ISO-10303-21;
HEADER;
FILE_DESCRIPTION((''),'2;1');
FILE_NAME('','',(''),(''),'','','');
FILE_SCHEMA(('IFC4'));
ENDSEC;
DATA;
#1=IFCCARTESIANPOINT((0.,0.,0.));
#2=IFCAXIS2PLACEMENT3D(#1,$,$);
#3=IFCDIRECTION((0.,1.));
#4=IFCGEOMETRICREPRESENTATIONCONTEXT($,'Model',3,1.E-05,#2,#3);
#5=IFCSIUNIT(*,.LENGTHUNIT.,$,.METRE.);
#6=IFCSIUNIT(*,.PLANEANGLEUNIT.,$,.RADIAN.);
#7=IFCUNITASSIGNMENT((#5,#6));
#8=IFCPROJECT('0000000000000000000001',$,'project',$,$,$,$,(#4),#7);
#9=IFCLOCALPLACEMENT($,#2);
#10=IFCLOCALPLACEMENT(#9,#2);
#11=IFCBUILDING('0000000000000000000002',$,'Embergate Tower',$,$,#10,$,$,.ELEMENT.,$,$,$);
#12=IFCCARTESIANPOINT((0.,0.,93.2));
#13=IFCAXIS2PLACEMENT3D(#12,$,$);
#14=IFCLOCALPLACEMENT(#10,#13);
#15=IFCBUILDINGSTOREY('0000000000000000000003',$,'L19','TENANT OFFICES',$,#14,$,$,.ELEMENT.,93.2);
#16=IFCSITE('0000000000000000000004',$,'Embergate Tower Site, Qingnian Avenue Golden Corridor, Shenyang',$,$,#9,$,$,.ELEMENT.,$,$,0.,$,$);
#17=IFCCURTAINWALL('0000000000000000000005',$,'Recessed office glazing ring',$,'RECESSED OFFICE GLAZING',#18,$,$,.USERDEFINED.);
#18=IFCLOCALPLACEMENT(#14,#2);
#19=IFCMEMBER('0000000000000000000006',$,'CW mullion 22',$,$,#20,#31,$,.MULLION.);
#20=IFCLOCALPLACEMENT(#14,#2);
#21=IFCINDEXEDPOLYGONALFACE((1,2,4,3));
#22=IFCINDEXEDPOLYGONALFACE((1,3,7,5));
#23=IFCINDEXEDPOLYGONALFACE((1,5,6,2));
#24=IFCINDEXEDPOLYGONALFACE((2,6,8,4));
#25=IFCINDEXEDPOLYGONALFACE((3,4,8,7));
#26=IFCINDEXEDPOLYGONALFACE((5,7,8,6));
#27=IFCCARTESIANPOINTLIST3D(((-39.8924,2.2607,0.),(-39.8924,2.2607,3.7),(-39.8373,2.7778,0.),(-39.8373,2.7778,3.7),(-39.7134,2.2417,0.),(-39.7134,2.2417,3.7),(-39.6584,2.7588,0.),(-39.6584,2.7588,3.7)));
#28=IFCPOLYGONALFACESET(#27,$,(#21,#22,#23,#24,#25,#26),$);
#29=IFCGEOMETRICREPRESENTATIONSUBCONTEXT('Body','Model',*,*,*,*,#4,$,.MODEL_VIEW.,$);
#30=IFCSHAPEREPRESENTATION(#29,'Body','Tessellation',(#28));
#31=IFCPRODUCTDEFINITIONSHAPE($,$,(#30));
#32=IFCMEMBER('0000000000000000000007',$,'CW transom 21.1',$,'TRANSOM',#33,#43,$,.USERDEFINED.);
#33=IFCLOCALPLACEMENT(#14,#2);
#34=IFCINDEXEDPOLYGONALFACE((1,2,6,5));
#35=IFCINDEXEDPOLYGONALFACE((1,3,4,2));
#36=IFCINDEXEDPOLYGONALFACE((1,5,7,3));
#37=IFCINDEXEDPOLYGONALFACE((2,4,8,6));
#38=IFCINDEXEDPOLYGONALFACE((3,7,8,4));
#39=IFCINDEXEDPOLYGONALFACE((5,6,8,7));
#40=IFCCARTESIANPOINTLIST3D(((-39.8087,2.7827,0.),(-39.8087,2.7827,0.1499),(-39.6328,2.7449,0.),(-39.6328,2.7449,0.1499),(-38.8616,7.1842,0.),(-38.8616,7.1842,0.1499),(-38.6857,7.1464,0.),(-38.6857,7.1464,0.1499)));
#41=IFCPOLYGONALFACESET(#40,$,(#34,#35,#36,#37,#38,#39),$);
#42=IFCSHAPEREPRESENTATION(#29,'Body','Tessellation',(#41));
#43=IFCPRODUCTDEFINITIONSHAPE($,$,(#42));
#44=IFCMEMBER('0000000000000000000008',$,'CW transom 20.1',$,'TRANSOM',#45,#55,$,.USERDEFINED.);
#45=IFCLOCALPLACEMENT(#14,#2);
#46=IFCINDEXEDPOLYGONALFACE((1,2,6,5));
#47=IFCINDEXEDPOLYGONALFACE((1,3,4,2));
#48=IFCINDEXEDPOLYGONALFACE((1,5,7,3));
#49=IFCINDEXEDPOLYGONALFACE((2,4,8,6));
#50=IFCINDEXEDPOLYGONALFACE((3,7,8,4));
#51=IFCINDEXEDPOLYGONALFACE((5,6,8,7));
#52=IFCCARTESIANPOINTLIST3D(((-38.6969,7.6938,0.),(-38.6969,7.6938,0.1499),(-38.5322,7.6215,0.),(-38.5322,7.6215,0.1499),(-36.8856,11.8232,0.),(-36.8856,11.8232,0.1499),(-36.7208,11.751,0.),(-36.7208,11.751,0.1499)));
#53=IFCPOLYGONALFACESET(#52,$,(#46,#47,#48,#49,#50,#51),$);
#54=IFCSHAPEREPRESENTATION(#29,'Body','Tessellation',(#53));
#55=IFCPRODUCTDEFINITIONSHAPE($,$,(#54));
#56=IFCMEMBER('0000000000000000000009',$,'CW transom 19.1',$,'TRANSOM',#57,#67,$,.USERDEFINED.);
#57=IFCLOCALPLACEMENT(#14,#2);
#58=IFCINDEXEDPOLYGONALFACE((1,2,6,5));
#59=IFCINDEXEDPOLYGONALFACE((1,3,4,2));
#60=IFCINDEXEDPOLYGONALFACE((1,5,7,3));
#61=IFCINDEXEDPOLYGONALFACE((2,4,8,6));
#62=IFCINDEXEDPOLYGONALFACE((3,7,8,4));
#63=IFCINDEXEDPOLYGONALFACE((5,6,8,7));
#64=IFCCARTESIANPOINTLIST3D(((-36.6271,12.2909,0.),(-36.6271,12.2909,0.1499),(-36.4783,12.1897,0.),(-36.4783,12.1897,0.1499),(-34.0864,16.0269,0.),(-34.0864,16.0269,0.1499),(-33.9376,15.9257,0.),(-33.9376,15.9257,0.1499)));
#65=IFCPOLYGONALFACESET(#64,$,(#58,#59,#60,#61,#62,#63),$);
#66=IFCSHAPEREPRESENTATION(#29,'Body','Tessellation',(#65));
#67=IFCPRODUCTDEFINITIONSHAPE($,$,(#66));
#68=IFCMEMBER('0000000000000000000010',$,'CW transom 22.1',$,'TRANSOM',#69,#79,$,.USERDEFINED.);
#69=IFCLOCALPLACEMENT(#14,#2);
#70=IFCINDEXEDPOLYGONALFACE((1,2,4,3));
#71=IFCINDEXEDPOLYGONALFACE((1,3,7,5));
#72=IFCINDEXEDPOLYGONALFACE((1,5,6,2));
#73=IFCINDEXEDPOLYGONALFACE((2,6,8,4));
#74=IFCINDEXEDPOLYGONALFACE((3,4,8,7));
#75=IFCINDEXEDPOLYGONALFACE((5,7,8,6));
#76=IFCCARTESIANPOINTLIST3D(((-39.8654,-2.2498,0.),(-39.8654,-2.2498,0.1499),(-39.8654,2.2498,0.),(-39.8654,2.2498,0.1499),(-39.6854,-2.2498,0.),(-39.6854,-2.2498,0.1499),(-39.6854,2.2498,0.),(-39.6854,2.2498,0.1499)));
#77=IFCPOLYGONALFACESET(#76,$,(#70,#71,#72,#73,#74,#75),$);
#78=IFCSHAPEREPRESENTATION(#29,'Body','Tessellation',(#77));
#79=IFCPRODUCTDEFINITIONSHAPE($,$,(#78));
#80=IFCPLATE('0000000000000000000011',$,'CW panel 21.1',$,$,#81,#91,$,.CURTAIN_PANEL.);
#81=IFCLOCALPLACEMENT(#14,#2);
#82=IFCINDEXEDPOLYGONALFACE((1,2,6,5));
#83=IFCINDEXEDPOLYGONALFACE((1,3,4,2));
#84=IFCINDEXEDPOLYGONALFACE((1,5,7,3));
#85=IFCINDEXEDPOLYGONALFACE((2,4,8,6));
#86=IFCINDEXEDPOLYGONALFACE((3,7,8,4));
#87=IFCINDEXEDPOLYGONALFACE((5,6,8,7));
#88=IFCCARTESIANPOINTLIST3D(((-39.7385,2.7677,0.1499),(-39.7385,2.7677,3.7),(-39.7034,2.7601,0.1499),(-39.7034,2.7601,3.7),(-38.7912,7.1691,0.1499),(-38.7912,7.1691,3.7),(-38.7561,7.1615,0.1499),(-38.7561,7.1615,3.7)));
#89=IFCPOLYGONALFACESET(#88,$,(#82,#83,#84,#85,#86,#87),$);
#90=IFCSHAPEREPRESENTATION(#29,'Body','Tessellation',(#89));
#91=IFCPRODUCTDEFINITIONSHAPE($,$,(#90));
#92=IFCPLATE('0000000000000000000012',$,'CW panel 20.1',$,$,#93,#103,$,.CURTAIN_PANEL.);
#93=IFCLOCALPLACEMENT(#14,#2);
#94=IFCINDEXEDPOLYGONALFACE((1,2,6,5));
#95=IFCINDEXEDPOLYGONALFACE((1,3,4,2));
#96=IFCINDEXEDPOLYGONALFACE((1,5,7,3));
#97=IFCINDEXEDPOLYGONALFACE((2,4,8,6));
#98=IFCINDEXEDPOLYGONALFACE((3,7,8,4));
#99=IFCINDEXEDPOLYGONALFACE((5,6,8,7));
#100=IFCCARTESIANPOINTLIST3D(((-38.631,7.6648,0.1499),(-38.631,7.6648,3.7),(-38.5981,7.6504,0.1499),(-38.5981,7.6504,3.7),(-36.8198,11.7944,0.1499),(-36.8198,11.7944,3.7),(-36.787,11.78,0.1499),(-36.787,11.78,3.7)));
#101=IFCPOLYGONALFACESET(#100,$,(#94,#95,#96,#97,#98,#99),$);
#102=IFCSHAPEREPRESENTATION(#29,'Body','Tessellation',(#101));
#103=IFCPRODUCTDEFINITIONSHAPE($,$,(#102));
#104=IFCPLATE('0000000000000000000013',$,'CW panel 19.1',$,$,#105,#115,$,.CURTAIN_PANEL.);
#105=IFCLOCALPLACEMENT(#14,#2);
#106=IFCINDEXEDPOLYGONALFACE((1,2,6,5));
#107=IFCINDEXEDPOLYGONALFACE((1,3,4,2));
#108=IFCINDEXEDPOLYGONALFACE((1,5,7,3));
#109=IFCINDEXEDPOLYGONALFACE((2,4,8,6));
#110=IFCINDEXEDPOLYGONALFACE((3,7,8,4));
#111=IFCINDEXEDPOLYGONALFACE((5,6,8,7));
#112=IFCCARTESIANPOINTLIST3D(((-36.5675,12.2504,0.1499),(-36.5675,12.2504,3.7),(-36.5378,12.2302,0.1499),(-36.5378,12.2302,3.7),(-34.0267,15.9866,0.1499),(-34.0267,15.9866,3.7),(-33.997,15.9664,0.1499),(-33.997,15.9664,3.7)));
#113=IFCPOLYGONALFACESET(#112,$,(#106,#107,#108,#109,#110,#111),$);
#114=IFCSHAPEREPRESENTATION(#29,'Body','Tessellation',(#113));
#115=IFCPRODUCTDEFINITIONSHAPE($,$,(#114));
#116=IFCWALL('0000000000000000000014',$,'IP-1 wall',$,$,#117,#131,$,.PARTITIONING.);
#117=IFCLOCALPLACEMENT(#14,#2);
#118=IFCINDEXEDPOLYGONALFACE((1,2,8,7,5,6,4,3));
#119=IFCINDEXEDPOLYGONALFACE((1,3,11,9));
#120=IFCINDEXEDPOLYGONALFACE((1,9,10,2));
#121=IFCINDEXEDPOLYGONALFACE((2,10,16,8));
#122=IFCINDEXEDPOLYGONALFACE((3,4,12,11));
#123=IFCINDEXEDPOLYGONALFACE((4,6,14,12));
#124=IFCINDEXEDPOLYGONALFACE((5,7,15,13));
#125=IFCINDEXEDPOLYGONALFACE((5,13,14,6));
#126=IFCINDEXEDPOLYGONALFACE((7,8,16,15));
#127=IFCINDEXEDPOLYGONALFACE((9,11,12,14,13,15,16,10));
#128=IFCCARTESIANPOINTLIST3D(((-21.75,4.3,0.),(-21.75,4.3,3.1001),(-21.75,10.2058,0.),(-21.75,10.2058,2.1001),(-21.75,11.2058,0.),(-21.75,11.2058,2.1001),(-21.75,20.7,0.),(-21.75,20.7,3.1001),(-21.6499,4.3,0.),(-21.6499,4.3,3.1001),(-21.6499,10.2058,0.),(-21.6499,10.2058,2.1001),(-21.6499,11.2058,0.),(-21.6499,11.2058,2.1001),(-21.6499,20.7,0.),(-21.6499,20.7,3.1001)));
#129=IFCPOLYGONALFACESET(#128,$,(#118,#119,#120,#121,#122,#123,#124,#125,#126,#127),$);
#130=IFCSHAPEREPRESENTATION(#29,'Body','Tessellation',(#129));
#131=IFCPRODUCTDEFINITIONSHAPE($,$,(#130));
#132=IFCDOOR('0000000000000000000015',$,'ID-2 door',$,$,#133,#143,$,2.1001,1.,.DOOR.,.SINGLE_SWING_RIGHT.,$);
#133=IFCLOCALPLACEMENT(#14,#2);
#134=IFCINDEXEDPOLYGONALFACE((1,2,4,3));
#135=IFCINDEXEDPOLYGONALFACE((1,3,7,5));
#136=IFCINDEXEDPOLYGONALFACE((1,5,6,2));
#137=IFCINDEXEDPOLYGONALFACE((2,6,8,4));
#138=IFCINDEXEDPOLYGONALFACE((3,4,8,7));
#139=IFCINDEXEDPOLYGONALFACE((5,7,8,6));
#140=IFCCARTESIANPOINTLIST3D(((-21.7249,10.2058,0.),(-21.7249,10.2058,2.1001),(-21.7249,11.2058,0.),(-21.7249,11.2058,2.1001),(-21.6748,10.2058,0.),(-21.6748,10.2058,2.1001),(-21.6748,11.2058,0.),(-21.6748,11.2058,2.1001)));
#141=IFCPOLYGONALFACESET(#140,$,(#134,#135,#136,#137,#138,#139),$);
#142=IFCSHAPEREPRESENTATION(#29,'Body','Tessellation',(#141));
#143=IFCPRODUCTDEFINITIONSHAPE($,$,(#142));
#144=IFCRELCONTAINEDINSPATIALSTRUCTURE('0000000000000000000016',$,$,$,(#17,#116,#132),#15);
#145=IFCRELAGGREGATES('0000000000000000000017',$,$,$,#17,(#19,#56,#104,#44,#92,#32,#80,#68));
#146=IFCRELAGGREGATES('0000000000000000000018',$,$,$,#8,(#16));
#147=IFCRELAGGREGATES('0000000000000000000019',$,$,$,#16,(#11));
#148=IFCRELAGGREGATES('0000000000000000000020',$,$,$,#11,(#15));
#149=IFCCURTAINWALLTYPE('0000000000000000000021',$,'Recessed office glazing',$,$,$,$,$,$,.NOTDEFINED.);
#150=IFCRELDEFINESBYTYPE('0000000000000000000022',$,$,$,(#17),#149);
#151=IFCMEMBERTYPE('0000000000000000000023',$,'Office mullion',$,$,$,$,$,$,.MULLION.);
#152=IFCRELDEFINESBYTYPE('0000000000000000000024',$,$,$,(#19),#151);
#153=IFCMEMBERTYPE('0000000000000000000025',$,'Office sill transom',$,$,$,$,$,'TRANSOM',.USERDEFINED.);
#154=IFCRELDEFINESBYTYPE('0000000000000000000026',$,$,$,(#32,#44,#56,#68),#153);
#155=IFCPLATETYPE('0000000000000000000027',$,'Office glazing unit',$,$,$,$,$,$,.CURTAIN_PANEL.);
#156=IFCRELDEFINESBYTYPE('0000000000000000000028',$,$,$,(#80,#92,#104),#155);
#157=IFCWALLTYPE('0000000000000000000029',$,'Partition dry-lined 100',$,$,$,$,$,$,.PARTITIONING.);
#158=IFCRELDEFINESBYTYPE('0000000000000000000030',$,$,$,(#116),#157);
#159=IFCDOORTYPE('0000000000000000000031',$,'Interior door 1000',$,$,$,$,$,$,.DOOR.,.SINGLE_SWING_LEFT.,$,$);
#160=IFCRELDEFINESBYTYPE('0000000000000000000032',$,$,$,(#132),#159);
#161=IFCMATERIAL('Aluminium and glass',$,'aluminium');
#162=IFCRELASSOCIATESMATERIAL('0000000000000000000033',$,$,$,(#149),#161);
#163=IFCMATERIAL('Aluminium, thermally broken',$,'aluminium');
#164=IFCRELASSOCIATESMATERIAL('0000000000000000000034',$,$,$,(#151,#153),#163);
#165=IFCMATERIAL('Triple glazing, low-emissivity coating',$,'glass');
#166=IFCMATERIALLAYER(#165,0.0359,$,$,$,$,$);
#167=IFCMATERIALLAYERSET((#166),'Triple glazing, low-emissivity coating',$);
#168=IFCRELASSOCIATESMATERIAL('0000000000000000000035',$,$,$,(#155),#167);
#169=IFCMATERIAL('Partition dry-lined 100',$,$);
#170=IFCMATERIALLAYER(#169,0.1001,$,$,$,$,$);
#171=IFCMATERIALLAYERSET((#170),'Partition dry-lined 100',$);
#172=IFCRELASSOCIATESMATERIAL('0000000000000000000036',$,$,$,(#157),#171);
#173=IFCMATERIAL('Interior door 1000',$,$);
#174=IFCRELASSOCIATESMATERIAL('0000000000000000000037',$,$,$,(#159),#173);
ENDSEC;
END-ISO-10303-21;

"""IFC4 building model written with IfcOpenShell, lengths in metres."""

from ifc_helpers import new_model, si_unit, direction, frame, frame_2d, origin, origin_2d, place, context, subcontext, project, spatial, rectangle, extrude, source, transform, mapped, material, layer, layer_set, material_profile, profile_set, type_object, element, fill, aggregate, save


model = new_model("IFC4")

# Units and contexts
model_context = context("Model", 3, precision=1e-05, world=origin(), true_north=direction((0.0, 1.0)))
body_context = subcontext(model_context, "Body", "Model", "MODEL_VIEW")
ifc_project = project(units=[si_unit("LENGTHUNIT", "METRE"), si_unit("PLANEANGLEUNIT", "RADIAN")], contexts=[model_context])

# Site, building, storey
site_placement = place(None, origin())
site = spatial("IfcSite", under=ifc_project, at=site_placement, Name="Embergate Tower Site, Qingnian Avenue Golden Corridor, Shenyang", CompositionType="ELEMENT", RefElevation=0.0)
building_placement = place(site_placement, origin())
building = spatial("IfcBuilding", under=site, at=building_placement, Name="Embergate Tower", CompositionType="ELEMENT")
storey_placement = place(building_placement, frame((0.0, 0.0, 93.2)))
storey = spatial("IfcBuildingStorey", under=building, at=storey_placement, Name="L19", Description="TENANT OFFICES", CompositionType="ELEMENT", Elevation=93.2)

# Curtain wall, members, plates
ifc_material_1 = material(Name="Aluminium and glass", Category="aluminium")
curtain_wall_type = type_object("IfcCurtainWallType", Name="Recessed office glazing", PredefinedType="NOTDEFINED", material=ifc_material_1)
curtain_wall_placement = place(storey_placement, origin())
curtain_wall = element("IfcCurtainWall", 1, at=curtain_wall_placement, inside=storey, type_object=curtain_wall_type, Name="Recessed office glazing ring", ObjectType="RECESSED OFFICE GLAZING", PredefinedType="USERDEFINED")
ifc_material_2 = material(Name="Aluminium, thermally broken", Category="aluminium")
ifc_material_profile_1 = material_profile(ifc_material_2, rectangle(XDim=0.1799, YDim=0.52, at=origin_2d()), Name="AL 520x180")
ifc_profile_set_1 = profile_set([ifc_material_profile_1], Name="Aluminium, thermally broken")
member_type_1 = type_object("IfcMemberType", Name="Office mullion", PredefinedType="MULLION", material=ifc_profile_set_1)
shared_shape_1 = source(origin(), body_context, "Body", "SweptSolid", [
    extrude(rectangle(XDim=0.1799, YDim=0.52, at=origin_2d()), origin(), (0.0, 0.0, 1.0), 3.7),
])
member_1_placement = place(storey_placement, frame((-39.7754, 2.5098, 0.0), z_axis=(0.0, 0.0, 1.0), x_axis=(0.994385, -0.10582, 0.0)))
member_1 = element("IfcMember", 2, at=member_1_placement, type_object=member_type_1, Name="CW mullion 22", PredefinedType="MULLION", context=body_context, shape_type="MappedRepresentation", body=[
    mapped(shared_shape_1, transform((0.0, 0.0, 0.0))),
])
ifc_material_profile_2 = material_profile(ifc_material_2, rectangle(XDim=0.1799, YDim=0.1499, at=origin_2d()), Name="AL 150x180")
ifc_profile_set_2 = profile_set([ifc_material_profile_2], Name="Aluminium, thermally broken")
member_type_2 = type_object("IfcMemberType", Name="Office sill transom", ElementType="TRANSOM", PredefinedType="USERDEFINED", material=ifc_profile_set_2)
shared_shape_2 = source(origin(), body_context, "Body", "SweptSolid", [
    extrude(rectangle(XDim=0.1799, YDim=0.1499, at=origin_2d()), origin(), (0.0, 0.0, 1.0), 4.5022),
])
member_2_placement = place(storey_placement, frame((-38.7737, 7.1653, 0.075), z_axis=(-0.210351, -0.977626, 0.0), x_axis=(0.977626, -0.210351, 0.0)))
member_2 = element("IfcMember", 3, at=member_2_placement, type_object=member_type_2, Name="CW transom 21.1", ObjectType="TRANSOM", PredefinedType="USERDEFINED", context=body_context, shape_type="MappedRepresentation", body=[
    mapped(shared_shape_2, transform((0.0, 0.0, 0.0))),
])
shared_shape_3 = source(origin(), body_context, "Body", "SweptSolid", [
    extrude(rectangle(XDim=0.1799, YDim=0.1499, at=origin_2d()), origin(), (0.0, 0.0, 1.0), 4.5093),
])
member_3_placement = place(storey_placement, frame((-36.8032, 11.7871, 0.075), z_axis=(-0.401688, -0.915777, 0.0), x_axis=(0.915777, -0.401688, 0.0)))
member_3 = element("IfcMember", 4, at=member_3_placement, type_object=member_type_2, Name="CW transom 20.1", ObjectType="TRANSOM", PredefinedType="USERDEFINED", context=body_context, shape_type="MappedRepresentation", body=[
    mapped(shared_shape_3, transform((0.0, 0.0, 0.0))),
])
shared_shape_4 = source(origin(), body_context, "Body", "SweptSolid", [
    extrude(rectangle(XDim=0.1799, YDim=0.1499, at=origin_2d()), origin(), (0.0, 0.0, 1.0), 4.5181),
])
member_4_placement = place(storey_placement, frame((-34.012, 15.9763, 0.075), z_axis=(-0.562345, -0.826902, 0.0), x_axis=(0.826902, -0.562345, 0.0)))
member_4 = element("IfcMember", 5, at=member_4_placement, type_object=member_type_2, Name="CW transom 19.1", ObjectType="TRANSOM", PredefinedType="USERDEFINED", context=body_context, shape_type="MappedRepresentation", body=[
    mapped(shared_shape_4, transform((0.0, 0.0, 0.0))),
])
shared_shape_5 = source(origin(), body_context, "Body", "SweptSolid", [
    extrude(rectangle(XDim=0.1799, YDim=0.1499, at=origin_2d()), origin(), (0.0, 0.0, 1.0), 4.4995),
])
member_5_placement = place(storey_placement, frame((-39.7754, 2.2498, 0.075), z_axis=(0.0, -1.0, 0.0), x_axis=(1.0, 0.0, 0.0)))
member_5 = element("IfcMember", 6, at=member_5_placement, type_object=member_type_2, Name="CW transom 22.1", ObjectType="TRANSOM", PredefinedType="USERDEFINED", context=body_context, shape_type="MappedRepresentation", body=[
    mapped(shared_shape_5, transform((0.0, 0.0, 0.0))),
])
ifc_material_3 = material(Name="Triple glazing, low-emissivity coating", Category="glass")
ifc_layer_1 = layer(ifc_material_3, 0.0359)
ifc_layer_set_1 = layer_set([ifc_layer_1], Name="Triple glazing, low-emissivity coating")
plate_type = type_object("IfcPlateType", Name="Office glazing unit", PredefinedType="CURTAIN_PANEL", material=ifc_layer_set_1)
shared_shape_6 = source(origin(), body_context, "Body", "SweptSolid", [
    extrude(rectangle(XDim=4.5022, YDim=0.0359, at=origin_2d()), origin(), (0.0, 0.0, 1.0), 3.55),
])
plate_1_placement = place(storey_placement, frame((-39.2473, 4.9646, 0.1499), z_axis=(0.0, 0.0, 1.0), x_axis=(-0.210397, -0.977616, 0.0)))
plate_1 = element("IfcPlate", 7, at=plate_1_placement, type_object=plate_type, Name="CW panel 21.1", PredefinedType="CURTAIN_PANEL", context=body_context, shape_type="MappedRepresentation", body=[
    mapped(shared_shape_6, transform((0.0, 0.0, 0.0))),
])
shared_shape_7 = source(origin(), body_context, "Body", "SweptSolid", [
    extrude(rectangle(XDim=4.5093, YDim=0.0359, at=origin_2d()), origin(), (0.0, 0.0, 1.0), 3.55),
])
plate_2_placement = place(storey_placement, frame((-37.709, 9.7224, 0.1499), z_axis=(0.0, 0.0, 1.0), x_axis=(-0.401651, -0.915793, 0.0)))
plate_2 = element("IfcPlate", 8, at=plate_2_placement, type_object=plate_type, Name="CW panel 20.1", PredefinedType="CURTAIN_PANEL", context=body_context, shape_type="MappedRepresentation", body=[
    mapped(shared_shape_7, transform((0.0, 0.0, 0.0))),
])
shared_shape_8 = source(origin(), body_context, "Body", "SweptSolid", [
    extrude(rectangle(XDim=4.5183, YDim=0.0359, at=origin_2d()), origin(), (0.0, 0.0, 1.0), 3.55),
])
plate_3_placement = place(storey_placement, frame((-35.2822, 14.1084, 0.1499), z_axis=(0.0, 0.0, 1.0), x_axis=(-0.56234, -0.826906, 0.0)))
plate_3 = element("IfcPlate", 9, at=plate_3_placement, type_object=plate_type, Name="CW panel 19.1", PredefinedType="CURTAIN_PANEL", context=body_context, shape_type="MappedRepresentation", body=[
    mapped(shared_shape_8, transform((0.0, 0.0, 0.0))),
])
aggregate(curtain_wall, [member_1, member_4, plate_3, member_3, plate_2, member_2, plate_1, member_5])

# Wall, opening, door
ifc_material_4 = material(Name="Partition dry-lined 100")
ifc_layer_2 = layer(ifc_material_4, 0.1001)
ifc_layer_set_2 = layer_set([ifc_layer_2], Name="Partition dry-lined 100")
wall_type = type_object("IfcWallType", Name="Partition dry-lined 100", PredefinedType="PARTITIONING", material=ifc_layer_set_2)
shared_shape_9 = source(origin(), body_context, "Body", "SweptSolid", [
    extrude(rectangle(XDim=16.3999, YDim=0.1001, at=frame_2d((8.2, 0.0))), origin(), (0.0, 0.0, 1.0), 3.1001),
])
wall_placement = place(storey_placement, frame((-21.7, 4.3, 0.0), z_axis=(0.0, 0.0, 1.0), x_axis=(0.0, 1.0, 0.0)))
wall = element("IfcWall", 10, at=wall_placement, inside=storey, type_object=wall_type, Name="IP-1 wall", PredefinedType="PARTITIONING", context=body_context, shape_type="MappedRepresentation", body=[
    mapped(shared_shape_9, transform((0.0, 0.0, 0.0))),
])
shared_shape_10 = source(origin(), body_context, "Body", "SweptSolid", [
    extrude(rectangle(XDim=1.0, YDim=2.1001, at=frame_2d((0.5, 1.05))), frame((0.0, 0.0601, 0.0), z_axis=(0.0, -1.0, 0.0), x_axis=(1.0, 0.0, 0.0)), (0.0, 0.0, 1.0), 0.1201),
])
opening_placement = place(wall_placement, frame((5.9058, 0.0, 0.0)))
opening = element("IfcOpeningElement", 11, at=opening_placement, cuts=wall, PredefinedType="OPENING", context=body_context, shape_type="MappedRepresentation", body=[
    mapped(shared_shape_10, transform((0.0, 0.0, 0.0))),
])
ifc_material_5 = material(Name="Interior door 1000")
door_type = type_object("IfcDoorType", Name="Interior door 1000", OperationType="SINGLE_SWING_LEFT", PredefinedType="DOOR", material=ifc_material_5)
shared_shape_11 = source(origin(), body_context, "Body", "SweptSolid", [
    extrude(rectangle(XDim=1.0, YDim=2.1001, at=frame_2d((0.5, 1.05))), frame((0.0, 0.0249, 0.0), z_axis=(0.0, -1.0, 0.0), x_axis=(1.0, 0.0, 0.0)), (0.0, 0.0, 1.0), 0.05),
])
door_placement = place(opening_placement, origin())
door = element("IfcDoor", 12, at=door_placement, inside=storey, type_object=door_type, Name="ID-2 door", OperationType="SINGLE_SWING_RIGHT", OverallHeight=2.1001, OverallWidth=1.0, PredefinedType="DOOR", context=body_context, shape_type="MappedRepresentation", body=[
    mapped(shared_shape_11, transform((0.0, 0.0, 0.0))),
])
fill(opening, door)

save(model, "model.ifc")
